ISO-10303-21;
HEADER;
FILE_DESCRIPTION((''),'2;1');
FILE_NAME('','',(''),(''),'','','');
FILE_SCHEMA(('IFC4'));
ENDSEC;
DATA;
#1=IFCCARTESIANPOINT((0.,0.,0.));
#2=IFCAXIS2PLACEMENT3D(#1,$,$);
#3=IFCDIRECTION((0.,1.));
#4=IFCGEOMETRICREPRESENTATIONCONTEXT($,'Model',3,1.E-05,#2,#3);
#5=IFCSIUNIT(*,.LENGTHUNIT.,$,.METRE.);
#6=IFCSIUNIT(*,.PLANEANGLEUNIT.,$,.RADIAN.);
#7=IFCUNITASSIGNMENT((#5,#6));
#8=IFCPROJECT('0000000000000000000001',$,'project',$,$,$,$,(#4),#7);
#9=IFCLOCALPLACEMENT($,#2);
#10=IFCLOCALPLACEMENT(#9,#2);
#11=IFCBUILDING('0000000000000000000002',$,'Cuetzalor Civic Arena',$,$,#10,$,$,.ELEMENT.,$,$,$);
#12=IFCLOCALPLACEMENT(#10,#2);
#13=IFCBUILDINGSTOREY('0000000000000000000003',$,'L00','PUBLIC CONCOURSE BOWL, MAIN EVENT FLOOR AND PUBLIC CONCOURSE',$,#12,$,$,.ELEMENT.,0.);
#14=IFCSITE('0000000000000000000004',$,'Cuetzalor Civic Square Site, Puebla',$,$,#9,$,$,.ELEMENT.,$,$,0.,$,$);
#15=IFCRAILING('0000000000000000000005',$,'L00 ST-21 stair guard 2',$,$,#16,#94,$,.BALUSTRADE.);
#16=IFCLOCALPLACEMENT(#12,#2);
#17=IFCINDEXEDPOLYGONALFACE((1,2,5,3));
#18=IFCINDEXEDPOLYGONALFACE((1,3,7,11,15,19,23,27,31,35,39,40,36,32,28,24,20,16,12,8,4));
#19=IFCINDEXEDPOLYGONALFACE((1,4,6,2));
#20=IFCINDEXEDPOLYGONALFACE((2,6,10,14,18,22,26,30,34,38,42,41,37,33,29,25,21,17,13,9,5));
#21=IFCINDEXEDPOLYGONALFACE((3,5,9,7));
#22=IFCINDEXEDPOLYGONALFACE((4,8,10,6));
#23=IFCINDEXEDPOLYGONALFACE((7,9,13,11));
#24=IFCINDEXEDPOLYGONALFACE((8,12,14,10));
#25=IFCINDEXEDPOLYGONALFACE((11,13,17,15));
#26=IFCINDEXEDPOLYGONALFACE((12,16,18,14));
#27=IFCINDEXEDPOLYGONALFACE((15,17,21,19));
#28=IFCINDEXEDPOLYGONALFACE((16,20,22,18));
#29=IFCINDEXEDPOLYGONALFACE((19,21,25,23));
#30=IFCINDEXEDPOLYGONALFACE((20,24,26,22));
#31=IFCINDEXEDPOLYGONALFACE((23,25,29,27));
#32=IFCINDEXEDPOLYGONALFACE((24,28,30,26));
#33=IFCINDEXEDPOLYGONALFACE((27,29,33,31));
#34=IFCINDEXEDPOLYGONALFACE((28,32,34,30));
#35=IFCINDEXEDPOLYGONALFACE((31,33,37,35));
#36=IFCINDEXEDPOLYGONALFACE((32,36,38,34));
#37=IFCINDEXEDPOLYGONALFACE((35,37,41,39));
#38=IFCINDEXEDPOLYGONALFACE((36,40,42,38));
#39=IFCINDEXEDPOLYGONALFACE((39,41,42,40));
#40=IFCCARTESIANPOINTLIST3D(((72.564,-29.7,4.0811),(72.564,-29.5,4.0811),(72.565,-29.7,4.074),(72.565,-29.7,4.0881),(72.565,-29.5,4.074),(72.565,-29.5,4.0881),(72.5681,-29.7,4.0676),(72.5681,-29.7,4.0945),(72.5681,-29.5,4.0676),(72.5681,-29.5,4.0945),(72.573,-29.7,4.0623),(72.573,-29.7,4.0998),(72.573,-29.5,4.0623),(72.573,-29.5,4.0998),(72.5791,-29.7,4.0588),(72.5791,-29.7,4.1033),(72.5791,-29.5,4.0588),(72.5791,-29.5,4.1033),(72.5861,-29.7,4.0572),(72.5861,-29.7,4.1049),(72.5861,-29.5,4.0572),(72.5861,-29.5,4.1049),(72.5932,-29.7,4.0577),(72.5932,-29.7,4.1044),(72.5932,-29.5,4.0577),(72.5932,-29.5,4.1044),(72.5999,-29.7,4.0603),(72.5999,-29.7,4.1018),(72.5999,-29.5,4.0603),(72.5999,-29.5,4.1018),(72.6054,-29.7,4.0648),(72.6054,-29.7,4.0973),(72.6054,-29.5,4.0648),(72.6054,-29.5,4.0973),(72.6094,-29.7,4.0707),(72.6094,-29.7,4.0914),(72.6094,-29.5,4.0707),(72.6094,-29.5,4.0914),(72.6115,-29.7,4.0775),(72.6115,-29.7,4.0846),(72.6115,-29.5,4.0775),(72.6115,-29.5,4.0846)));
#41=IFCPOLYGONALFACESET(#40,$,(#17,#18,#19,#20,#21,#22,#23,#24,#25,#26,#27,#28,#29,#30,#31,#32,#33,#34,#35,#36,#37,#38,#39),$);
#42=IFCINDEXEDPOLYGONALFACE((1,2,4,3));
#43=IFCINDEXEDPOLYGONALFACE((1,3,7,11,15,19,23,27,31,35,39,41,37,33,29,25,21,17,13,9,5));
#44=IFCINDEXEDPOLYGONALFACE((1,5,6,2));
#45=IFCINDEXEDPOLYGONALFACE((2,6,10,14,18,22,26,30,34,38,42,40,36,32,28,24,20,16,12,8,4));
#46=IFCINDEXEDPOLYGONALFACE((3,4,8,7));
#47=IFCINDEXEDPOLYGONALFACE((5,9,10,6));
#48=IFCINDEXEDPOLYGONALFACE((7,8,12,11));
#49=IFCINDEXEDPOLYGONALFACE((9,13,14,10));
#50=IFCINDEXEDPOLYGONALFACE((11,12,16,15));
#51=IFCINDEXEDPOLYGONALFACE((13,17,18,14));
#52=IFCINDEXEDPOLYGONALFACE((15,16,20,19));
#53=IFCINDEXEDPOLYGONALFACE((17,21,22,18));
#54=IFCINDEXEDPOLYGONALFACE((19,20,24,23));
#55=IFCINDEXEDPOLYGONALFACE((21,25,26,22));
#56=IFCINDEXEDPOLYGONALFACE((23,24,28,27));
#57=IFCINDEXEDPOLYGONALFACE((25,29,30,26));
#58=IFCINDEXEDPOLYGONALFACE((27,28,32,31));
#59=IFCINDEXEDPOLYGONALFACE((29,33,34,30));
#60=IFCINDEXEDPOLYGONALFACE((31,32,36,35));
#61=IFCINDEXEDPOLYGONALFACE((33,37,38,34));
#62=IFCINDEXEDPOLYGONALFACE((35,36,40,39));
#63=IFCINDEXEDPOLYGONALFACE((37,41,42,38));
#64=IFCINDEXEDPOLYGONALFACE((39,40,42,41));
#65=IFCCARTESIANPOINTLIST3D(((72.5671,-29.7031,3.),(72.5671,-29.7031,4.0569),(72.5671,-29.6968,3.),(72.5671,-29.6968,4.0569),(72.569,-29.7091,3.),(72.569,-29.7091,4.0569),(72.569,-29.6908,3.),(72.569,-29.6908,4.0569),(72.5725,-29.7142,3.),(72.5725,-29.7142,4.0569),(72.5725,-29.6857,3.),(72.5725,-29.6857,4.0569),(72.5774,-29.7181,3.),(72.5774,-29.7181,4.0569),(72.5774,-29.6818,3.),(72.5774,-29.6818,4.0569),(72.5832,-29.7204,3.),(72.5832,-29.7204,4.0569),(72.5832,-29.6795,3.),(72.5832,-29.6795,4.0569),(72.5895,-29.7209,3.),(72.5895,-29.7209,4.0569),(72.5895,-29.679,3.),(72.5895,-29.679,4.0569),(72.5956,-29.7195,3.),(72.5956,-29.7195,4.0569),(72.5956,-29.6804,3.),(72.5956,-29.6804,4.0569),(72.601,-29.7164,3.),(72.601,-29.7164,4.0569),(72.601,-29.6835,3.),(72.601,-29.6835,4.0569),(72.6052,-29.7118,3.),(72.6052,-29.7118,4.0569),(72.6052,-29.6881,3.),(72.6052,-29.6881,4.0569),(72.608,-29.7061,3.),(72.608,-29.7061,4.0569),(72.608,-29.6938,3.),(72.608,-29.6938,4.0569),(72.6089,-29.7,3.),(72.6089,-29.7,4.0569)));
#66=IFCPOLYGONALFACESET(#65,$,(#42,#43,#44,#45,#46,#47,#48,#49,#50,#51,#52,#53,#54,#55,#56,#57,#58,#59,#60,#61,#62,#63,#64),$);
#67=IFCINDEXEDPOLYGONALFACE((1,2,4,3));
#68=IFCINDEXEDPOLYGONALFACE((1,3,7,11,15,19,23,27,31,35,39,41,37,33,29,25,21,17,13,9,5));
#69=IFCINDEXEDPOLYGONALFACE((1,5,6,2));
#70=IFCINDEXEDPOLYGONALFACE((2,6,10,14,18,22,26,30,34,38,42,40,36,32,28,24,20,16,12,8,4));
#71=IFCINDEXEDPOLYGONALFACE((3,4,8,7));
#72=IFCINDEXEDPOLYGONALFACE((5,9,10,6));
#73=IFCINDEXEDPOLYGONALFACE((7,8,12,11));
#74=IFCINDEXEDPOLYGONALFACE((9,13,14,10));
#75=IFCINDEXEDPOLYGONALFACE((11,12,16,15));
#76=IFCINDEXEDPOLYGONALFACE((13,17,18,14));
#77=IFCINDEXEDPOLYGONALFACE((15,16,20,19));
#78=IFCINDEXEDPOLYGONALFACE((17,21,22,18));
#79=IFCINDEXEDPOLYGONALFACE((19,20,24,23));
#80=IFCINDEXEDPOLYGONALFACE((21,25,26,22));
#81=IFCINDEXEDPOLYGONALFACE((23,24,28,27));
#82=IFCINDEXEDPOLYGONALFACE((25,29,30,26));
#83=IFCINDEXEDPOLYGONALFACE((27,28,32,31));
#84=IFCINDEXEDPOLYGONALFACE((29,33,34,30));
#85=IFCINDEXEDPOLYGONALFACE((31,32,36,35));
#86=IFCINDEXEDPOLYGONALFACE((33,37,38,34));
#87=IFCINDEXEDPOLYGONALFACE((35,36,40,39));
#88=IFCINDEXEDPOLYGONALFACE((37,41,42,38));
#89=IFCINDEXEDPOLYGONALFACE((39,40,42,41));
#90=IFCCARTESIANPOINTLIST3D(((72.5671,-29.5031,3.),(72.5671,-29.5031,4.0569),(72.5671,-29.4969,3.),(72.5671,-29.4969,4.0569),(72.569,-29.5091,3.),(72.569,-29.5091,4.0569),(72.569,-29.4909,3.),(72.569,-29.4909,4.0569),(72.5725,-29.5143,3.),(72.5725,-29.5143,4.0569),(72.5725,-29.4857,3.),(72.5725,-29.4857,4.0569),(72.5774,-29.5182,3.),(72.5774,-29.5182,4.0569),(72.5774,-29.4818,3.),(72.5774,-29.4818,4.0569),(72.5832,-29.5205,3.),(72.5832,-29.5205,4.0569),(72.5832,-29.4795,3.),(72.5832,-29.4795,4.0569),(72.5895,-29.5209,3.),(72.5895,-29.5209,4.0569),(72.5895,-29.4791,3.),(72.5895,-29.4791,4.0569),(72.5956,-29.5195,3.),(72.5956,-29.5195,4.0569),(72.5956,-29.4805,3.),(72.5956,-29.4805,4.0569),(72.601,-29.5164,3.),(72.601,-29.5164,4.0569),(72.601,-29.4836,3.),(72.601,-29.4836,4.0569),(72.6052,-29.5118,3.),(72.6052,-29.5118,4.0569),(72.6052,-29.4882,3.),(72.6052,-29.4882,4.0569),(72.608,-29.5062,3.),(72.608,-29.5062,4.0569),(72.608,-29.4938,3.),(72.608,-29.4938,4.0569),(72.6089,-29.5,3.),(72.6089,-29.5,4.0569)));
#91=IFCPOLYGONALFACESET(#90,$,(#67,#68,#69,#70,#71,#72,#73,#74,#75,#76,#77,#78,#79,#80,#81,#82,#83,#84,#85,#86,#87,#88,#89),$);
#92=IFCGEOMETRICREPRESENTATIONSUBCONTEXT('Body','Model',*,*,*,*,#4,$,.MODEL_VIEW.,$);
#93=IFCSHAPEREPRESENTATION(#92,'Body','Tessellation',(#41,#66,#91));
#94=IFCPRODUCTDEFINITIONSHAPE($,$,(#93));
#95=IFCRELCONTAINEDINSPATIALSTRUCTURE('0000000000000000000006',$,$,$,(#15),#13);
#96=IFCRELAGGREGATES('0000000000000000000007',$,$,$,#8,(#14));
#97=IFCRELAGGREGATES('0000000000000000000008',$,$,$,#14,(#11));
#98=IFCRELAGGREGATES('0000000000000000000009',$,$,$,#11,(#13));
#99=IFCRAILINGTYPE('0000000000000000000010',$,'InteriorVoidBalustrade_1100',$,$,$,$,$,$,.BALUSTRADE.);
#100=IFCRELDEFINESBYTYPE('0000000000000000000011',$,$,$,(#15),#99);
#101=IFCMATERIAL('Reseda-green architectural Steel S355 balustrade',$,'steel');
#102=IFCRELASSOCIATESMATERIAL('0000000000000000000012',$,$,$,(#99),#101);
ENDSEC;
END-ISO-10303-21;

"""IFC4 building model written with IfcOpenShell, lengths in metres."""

from ifc_helpers import new_model, si_unit, direction, frame, origin, origin_2d, place, context, subcontext, project, spatial, circle, extrude, material, type_object, element, save


model = new_model("IFC4")

# Units and contexts
model_context = context("Model", 3, precision=1e-05, world=origin(), true_north=direction((0.0, 1.0)))
body_context = subcontext(model_context, "Body", "Model", "MODEL_VIEW")
ifc_project = project(units=[si_unit("LENGTHUNIT", "METRE"), si_unit("PLANEANGLEUNIT", "RADIAN")], contexts=[model_context])

# Site, building, storey
site_placement = place(None, origin())
site = spatial("IfcSite", under=ifc_project, at=site_placement, Name="Cuetzalor Civic Square Site, Puebla", CompositionType="ELEMENT", RefElevation=0.0)
building_placement = place(site_placement, origin())
building = spatial("IfcBuilding", under=site, at=building_placement, Name="Cuetzalor Civic Arena", CompositionType="ELEMENT")
storey_placement = place(building_placement, origin())
storey = spatial("IfcBuildingStorey", under=building, at=storey_placement, Name="L00", Description="PUBLIC CONCOURSE BOWL, MAIN EVENT FLOOR AND PUBLIC CONCOURSE", CompositionType="ELEMENT", Elevation=0.0)

# Railing
ifc_material_1 = material(Name="Reseda-green architectural Steel S355 balustrade", Category="steel")
railing_type_1 = type_object("IfcRailingType", Name="InteriorVoidBalustrade_1100", PredefinedType="BALUSTRADE", material=ifc_material_1)
railing_1_placement = place(storey_placement, frame((72.5879, -29.7, 3.0)))
element("IfcRailing", 1, at=railing_1_placement, inside=storey, type_object=railing_type_1, Name="L00 ST-21 stair guard 2", PredefinedType="BALUSTRADE", context=body_context, shape_type="SweptSolid", body=[
    extrude(circle(Radius=0.0239, at=origin_2d()), frame((0.0, 0.0, 1.0811), z_axis=(0.0, 1.0, 0.0), x_axis=(-1.0, 0.0, 0.0)), (0.0, 0.0, 1.0), 0.2),
    extrude(circle(Radius=0.021, at=origin_2d()), origin(), (0.0, 0.0, 1.0), 1.0569),
    extrude(circle(Radius=0.021, at=origin_2d()), frame((0.0, 0.2, 0.0)), (0.0, 0.0, 1.0), 1.0569),
])

save(model, "model.ifc")
